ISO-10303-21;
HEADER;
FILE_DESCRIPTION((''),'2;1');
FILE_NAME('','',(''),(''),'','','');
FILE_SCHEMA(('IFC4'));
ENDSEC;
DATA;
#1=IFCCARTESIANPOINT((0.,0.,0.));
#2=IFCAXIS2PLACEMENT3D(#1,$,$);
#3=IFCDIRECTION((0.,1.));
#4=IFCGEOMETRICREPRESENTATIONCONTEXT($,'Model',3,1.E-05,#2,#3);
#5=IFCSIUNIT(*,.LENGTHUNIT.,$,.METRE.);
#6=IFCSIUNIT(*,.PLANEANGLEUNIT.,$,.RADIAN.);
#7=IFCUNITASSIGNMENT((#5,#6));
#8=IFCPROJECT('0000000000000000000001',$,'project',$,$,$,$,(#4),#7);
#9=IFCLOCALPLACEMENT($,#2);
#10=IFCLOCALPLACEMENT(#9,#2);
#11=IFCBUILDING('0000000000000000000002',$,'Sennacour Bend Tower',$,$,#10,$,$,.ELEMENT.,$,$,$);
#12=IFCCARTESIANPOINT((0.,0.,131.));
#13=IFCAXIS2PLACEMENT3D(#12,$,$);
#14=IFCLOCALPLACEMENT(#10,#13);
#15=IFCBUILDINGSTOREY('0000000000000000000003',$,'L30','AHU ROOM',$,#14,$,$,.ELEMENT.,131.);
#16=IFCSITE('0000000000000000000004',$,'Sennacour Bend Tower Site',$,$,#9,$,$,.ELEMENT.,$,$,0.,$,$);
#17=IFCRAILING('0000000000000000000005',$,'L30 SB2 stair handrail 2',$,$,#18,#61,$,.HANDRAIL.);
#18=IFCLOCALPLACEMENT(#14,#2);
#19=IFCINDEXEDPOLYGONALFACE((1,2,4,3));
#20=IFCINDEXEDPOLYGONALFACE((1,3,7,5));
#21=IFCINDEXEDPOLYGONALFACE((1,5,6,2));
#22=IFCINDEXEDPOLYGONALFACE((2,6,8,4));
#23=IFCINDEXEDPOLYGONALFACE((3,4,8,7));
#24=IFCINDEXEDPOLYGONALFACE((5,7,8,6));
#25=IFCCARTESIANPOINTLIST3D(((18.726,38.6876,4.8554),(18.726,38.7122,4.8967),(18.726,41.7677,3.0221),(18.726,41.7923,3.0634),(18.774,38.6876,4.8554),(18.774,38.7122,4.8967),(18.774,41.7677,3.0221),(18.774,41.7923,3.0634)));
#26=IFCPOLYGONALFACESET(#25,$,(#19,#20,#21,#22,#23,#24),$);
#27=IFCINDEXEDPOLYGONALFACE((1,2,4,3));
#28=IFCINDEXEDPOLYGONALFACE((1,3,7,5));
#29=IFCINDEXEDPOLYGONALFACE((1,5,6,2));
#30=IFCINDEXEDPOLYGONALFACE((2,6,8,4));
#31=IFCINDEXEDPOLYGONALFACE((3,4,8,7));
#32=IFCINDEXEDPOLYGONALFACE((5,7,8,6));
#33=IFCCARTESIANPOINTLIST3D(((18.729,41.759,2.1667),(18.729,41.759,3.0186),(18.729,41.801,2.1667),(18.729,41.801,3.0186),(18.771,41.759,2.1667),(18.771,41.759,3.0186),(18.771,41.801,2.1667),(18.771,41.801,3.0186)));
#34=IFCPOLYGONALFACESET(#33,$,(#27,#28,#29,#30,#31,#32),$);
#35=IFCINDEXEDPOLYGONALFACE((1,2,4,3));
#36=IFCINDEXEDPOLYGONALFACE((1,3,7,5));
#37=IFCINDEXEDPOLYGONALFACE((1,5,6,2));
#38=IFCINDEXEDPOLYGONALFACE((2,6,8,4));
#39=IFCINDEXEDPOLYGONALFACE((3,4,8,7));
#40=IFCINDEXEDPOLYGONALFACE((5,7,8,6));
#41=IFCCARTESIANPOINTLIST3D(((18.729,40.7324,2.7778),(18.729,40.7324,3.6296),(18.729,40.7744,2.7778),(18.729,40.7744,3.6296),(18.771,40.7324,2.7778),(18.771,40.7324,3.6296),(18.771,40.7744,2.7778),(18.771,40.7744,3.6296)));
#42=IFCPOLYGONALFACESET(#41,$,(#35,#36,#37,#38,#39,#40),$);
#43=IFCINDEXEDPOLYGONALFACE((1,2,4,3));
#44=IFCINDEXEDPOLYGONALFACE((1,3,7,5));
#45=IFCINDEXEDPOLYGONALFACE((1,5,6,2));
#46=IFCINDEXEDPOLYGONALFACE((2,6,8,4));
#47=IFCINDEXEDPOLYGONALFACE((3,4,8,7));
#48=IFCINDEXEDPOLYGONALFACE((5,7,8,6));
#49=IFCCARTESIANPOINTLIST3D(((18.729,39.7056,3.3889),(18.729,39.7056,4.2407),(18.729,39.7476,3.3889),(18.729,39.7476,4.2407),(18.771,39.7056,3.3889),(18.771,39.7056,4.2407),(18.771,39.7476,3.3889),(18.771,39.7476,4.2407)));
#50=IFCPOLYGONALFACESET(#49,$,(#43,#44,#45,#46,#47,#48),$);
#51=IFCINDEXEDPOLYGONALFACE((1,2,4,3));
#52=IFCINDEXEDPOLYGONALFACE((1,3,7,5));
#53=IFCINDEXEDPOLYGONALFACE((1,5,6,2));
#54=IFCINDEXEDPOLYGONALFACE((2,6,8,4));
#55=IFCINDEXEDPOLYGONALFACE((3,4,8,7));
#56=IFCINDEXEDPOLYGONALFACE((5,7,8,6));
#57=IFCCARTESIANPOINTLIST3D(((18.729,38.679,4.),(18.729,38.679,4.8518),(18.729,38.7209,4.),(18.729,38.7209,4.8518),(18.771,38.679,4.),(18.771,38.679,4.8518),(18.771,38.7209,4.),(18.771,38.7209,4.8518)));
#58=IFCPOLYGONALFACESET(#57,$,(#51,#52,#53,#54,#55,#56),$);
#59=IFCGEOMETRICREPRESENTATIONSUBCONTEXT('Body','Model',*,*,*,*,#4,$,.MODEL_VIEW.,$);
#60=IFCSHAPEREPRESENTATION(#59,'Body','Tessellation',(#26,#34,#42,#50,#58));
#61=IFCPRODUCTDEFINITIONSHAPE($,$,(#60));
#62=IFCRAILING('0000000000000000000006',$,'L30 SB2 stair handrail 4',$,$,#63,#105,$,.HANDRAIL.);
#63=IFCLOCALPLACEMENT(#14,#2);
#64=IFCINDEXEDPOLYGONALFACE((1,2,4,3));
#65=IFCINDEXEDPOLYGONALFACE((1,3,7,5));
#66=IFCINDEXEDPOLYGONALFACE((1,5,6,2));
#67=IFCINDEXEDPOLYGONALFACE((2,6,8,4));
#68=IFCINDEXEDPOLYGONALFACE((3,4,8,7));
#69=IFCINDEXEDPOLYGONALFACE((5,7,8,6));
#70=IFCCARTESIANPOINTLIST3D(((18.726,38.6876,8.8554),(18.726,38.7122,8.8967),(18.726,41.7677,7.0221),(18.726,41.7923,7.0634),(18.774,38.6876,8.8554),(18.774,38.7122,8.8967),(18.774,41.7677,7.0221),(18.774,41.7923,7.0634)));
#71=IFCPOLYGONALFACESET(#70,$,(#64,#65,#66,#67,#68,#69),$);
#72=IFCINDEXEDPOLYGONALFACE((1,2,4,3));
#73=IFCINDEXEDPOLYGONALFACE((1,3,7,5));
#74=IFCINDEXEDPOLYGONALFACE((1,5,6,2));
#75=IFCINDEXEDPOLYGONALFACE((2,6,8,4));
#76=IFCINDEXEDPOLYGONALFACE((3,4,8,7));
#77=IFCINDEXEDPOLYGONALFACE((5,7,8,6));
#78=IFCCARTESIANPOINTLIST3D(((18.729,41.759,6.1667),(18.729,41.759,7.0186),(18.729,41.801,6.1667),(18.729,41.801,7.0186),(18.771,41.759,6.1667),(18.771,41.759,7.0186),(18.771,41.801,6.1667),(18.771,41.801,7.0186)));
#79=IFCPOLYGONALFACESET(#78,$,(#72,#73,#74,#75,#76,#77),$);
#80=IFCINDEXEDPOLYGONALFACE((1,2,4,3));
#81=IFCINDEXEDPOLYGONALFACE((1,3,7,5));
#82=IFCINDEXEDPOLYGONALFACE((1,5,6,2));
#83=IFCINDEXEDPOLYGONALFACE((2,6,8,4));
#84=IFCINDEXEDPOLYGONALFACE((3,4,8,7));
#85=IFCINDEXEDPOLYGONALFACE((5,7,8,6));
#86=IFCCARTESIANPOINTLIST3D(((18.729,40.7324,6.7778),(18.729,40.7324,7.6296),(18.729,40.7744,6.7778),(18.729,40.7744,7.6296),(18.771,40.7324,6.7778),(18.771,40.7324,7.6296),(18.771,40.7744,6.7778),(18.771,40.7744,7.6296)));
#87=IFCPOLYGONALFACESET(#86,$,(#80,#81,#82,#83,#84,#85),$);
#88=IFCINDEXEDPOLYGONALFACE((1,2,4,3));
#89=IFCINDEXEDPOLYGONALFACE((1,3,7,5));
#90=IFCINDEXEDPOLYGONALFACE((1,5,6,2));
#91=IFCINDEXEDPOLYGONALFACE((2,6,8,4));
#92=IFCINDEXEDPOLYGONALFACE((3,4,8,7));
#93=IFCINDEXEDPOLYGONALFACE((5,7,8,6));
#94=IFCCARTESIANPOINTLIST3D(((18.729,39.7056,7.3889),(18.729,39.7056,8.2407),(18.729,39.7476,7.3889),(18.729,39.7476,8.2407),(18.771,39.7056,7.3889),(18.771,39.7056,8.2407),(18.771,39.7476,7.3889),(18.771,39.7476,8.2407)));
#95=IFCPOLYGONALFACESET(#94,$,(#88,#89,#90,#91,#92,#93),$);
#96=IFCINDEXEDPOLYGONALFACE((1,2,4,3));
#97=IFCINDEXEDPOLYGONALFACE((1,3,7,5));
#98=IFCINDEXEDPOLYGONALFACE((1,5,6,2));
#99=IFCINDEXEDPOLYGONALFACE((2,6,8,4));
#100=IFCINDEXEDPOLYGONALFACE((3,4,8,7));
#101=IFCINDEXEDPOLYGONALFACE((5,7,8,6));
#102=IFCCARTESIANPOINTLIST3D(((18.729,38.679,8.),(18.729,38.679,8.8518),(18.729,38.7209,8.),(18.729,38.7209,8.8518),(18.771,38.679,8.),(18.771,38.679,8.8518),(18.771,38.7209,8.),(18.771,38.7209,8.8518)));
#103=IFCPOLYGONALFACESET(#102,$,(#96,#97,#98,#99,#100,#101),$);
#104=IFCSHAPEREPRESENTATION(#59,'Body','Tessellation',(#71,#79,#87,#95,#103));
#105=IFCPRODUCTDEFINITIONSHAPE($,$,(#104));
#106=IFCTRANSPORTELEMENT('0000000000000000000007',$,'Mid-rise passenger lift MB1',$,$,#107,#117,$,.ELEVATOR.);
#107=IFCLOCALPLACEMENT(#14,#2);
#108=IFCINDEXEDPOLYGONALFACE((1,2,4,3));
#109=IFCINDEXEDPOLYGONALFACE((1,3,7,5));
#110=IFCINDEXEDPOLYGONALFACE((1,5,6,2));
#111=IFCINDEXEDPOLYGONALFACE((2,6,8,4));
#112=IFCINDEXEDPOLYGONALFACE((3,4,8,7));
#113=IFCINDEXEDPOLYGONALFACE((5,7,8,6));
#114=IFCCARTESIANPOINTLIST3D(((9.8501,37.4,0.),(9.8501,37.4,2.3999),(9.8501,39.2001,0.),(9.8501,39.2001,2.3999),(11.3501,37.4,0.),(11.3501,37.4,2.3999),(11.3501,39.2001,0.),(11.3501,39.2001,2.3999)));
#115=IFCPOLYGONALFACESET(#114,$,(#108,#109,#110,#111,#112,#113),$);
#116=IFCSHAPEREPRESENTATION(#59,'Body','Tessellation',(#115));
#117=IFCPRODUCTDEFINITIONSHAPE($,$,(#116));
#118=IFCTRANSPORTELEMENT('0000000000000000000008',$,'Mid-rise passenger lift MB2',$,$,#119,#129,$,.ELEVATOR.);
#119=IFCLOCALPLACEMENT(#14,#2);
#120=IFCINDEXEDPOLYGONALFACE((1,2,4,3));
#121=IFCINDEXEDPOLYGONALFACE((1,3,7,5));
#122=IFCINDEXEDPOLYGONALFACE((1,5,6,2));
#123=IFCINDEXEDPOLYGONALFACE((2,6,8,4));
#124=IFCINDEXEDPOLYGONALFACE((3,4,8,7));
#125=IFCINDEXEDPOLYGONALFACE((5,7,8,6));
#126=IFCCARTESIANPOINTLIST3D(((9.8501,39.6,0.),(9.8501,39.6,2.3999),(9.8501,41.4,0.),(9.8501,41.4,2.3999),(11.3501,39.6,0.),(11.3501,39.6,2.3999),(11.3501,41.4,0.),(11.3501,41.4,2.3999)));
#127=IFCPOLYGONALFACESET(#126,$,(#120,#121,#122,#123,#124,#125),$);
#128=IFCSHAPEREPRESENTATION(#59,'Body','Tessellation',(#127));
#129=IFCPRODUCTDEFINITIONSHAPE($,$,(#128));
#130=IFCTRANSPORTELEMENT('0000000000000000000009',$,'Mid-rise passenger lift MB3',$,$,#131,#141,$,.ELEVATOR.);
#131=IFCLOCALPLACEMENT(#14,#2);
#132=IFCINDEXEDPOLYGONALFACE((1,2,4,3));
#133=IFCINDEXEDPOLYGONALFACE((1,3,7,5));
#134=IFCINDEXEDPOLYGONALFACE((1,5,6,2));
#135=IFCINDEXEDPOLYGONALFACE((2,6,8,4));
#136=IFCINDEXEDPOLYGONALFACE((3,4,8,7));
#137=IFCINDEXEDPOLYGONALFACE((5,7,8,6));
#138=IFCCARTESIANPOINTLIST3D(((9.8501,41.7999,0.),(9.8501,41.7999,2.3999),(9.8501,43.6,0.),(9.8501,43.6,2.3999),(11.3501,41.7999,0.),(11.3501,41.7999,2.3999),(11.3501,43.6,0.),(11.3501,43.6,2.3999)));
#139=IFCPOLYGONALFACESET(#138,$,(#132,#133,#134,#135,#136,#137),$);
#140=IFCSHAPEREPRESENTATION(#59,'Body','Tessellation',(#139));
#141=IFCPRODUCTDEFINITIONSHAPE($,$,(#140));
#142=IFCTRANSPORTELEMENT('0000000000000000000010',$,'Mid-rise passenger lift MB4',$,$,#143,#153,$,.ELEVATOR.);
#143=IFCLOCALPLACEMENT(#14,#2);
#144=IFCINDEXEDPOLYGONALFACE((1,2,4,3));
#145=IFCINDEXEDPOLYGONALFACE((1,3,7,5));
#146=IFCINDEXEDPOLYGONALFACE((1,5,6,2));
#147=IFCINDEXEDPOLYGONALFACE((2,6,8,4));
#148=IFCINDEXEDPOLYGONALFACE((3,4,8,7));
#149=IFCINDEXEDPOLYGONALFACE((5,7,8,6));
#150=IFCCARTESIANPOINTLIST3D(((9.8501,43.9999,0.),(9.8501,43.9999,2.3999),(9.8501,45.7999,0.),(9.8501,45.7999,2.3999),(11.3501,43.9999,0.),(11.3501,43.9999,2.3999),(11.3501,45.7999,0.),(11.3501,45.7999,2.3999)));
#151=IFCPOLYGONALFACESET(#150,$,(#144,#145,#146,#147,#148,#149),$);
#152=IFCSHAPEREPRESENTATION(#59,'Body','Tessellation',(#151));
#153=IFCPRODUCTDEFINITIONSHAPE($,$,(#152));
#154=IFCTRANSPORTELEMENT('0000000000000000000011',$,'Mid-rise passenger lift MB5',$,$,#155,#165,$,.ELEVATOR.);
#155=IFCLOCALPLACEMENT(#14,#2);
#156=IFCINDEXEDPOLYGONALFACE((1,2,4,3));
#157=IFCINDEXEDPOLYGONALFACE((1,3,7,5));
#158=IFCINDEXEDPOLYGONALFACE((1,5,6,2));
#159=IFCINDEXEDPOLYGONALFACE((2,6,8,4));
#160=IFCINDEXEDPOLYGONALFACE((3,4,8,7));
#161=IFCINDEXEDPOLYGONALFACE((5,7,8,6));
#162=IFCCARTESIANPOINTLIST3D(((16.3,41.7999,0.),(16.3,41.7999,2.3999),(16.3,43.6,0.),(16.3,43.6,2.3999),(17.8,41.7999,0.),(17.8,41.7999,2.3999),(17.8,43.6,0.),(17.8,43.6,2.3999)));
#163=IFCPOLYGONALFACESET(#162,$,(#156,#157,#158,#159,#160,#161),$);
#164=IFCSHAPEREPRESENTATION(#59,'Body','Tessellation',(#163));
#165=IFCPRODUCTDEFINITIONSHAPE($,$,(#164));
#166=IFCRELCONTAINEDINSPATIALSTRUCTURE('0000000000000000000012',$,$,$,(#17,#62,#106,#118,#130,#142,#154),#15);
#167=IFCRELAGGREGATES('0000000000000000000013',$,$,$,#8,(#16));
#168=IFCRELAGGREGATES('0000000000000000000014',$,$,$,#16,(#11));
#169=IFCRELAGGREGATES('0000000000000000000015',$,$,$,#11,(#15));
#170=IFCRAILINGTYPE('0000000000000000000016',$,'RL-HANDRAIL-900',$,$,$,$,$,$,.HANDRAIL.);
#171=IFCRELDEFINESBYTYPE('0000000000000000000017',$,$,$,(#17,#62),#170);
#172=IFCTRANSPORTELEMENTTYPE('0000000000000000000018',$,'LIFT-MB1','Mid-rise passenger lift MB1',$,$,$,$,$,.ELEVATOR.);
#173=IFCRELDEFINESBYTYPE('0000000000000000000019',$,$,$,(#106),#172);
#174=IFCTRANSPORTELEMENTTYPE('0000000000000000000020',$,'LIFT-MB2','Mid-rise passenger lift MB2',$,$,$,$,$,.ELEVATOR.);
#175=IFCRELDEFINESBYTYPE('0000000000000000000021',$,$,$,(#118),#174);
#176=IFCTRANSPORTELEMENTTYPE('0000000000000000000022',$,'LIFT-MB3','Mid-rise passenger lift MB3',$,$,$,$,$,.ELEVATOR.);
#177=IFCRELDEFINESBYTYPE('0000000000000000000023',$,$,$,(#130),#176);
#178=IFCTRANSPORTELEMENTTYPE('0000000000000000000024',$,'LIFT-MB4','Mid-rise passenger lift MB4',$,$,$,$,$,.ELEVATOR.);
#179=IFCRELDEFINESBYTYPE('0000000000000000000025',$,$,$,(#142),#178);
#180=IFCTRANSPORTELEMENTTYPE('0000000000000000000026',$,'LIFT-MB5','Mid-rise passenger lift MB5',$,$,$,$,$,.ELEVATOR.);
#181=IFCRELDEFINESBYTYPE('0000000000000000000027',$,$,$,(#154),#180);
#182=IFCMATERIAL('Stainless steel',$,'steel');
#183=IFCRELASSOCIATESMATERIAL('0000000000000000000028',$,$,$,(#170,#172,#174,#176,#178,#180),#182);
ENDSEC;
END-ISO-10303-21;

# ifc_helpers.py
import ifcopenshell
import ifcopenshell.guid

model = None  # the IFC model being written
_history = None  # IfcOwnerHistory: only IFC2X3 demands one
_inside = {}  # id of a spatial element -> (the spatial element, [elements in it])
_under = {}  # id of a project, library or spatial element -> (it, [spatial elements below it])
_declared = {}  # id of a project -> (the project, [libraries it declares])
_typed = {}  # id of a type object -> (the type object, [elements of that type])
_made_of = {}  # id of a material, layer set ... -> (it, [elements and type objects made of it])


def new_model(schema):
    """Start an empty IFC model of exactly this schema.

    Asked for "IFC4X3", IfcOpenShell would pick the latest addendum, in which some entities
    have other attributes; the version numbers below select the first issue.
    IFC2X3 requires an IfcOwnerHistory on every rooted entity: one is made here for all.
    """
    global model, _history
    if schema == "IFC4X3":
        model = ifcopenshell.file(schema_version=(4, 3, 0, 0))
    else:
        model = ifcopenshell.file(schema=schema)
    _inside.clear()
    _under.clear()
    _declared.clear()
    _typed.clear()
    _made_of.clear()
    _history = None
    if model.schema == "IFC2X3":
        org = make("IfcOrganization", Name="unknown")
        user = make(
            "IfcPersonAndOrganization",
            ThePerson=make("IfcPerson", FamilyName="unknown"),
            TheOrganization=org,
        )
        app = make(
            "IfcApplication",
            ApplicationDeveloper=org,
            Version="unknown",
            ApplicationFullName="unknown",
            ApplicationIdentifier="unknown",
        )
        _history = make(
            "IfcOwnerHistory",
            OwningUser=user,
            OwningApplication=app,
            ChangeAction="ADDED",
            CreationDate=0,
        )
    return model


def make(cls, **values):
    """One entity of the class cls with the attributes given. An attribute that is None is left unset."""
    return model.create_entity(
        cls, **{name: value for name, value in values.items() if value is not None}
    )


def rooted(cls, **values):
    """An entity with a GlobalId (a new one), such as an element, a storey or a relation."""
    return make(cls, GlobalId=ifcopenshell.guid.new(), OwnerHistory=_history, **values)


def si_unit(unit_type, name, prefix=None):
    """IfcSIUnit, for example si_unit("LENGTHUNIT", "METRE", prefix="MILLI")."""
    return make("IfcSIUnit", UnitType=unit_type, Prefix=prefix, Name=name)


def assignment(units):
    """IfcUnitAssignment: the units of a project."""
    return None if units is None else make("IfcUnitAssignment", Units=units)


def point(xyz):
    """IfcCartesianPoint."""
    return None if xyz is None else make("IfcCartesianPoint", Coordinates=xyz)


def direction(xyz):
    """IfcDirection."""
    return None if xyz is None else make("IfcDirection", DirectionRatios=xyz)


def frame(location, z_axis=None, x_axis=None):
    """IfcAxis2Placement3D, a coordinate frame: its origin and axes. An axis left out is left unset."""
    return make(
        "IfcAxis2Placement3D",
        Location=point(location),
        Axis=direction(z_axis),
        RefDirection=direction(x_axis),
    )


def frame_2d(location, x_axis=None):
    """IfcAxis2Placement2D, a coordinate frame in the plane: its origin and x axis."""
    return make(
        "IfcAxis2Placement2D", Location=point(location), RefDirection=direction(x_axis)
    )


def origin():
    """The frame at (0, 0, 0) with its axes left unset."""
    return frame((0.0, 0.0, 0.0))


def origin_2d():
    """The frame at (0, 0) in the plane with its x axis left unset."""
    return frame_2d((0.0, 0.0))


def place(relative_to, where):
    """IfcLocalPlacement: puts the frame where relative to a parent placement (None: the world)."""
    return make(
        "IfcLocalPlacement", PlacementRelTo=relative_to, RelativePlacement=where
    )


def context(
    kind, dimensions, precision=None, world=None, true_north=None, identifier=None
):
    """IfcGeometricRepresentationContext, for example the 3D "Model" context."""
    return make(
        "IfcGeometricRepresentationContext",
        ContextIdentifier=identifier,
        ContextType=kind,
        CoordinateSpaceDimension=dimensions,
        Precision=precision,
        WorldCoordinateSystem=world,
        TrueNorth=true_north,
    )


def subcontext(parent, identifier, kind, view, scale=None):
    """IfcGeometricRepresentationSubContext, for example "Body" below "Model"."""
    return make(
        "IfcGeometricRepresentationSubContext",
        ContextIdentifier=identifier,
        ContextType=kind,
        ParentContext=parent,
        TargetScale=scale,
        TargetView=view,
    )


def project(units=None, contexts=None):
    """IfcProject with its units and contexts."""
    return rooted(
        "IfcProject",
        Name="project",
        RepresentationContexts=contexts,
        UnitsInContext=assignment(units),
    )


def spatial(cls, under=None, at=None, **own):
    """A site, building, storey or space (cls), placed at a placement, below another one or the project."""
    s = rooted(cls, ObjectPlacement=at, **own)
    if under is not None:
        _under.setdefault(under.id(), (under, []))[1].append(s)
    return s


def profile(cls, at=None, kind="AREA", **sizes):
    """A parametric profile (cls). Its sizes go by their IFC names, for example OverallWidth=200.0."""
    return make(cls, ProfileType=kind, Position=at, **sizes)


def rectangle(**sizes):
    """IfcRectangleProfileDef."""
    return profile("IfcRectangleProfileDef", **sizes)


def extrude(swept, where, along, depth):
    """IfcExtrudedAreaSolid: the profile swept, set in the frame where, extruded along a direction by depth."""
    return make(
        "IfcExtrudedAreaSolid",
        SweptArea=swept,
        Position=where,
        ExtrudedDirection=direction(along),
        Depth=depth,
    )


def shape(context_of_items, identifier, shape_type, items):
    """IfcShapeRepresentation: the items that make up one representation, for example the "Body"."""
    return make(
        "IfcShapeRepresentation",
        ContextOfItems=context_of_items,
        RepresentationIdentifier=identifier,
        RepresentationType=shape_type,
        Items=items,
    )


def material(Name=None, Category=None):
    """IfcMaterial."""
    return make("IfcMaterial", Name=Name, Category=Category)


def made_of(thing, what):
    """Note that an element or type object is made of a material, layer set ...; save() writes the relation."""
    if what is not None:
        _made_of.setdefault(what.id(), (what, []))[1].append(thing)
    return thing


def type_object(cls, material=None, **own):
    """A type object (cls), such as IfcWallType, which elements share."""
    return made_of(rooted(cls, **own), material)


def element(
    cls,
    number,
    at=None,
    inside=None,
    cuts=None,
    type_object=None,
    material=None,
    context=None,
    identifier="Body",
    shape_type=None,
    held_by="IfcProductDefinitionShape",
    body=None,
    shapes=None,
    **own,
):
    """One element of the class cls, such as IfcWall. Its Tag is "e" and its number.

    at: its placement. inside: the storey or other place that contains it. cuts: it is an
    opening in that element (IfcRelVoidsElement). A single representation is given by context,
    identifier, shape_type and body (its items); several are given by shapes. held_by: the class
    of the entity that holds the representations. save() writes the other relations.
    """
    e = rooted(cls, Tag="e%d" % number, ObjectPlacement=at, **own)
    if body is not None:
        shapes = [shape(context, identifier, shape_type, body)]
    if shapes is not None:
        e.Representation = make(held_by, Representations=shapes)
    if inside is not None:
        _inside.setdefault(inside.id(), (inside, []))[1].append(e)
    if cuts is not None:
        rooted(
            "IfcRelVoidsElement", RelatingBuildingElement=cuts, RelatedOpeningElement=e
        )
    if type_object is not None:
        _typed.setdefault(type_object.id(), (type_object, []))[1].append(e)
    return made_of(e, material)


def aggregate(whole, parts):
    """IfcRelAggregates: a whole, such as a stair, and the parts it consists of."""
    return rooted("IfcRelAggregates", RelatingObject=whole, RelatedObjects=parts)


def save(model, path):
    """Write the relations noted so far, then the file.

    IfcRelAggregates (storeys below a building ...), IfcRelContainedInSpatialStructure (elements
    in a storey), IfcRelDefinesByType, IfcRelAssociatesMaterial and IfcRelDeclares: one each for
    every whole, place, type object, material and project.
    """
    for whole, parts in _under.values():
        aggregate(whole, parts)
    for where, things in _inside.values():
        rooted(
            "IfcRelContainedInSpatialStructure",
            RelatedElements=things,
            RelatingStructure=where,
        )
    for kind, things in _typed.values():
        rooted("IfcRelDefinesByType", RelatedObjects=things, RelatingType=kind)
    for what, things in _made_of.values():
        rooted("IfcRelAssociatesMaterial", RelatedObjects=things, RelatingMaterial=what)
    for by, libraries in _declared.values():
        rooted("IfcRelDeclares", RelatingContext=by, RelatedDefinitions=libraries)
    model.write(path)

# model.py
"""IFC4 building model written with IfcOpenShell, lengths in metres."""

from ifc_helpers import new_model, si_unit, direction, frame, origin, origin_2d, place, context, subcontext, project, spatial, rectangle, extrude, material, type_object, element, save


model = new_model("IFC4")

# Units and contexts
model_context = context("Model", 3, precision=1e-05, world=origin(), true_north=direction((0.0, 1.0)))
body_context = subcontext(model_context, "Body", "Model", "MODEL_VIEW")
ifc_project = project(units=[si_unit("LENGTHUNIT", "METRE"), si_unit("PLANEANGLEUNIT", "RADIAN")], contexts=[model_context])

# Site, building, storey
site_placement = place(None, origin())
site = spatial("IfcSite", under=ifc_project, at=site_placement, Name="Sennacour Bend Tower Site", CompositionType="ELEMENT", RefElevation=0.0)
building_placement = place(site_placement, origin())
building = spatial("IfcBuilding", under=site, at=building_placement, Name="Sennacour Bend Tower", CompositionType="ELEMENT")
storey_placement = place(building_placement, frame((0.0, 0.0, 131.0)))
storey = spatial("IfcBuildingStorey", under=building, at=storey_placement, Name="L30", Description="AHU ROOM", CompositionType="ELEMENT", Elevation=131.0)

# Shared definitions
ifc_material_1 = material(Name="Stainless steel", Category="steel")

# Railings
railing_type = type_object("IfcRailingType", Name="RL-HANDRAIL-900", PredefinedType="HANDRAIL", material=ifc_material_1)
for number, where, name in (
    (1, (18.75, 41.78, 2.1667), "L30 SB2 stair handrail 2"),
    (2, (18.75, 41.78, 6.1667), "L30 SB2 stair handrail 4"),
):
    element("IfcRailing", number, at=place(storey_placement, frame(where)), inside=storey, type_object=railing_type, Name=name, PredefinedType="HANDRAIL", context=body_context, shape_type="SweptSolid", body=[
        extrude(rectangle(XDim=0.0481, YDim=0.0481, at=origin_2d()), frame((0.0, 0.0, 0.876), z_axis=(0.0, -0.859309, 0.511458), x_axis=(1.0, 0.0, 0.0)), (0.0, 0.0, 1.0), 3.5845),
        extrude(rectangle(XDim=0.042, YDim=0.042, at=origin_2d()), origin(), (0.0, 0.0, 1.0), 0.8518),
        extrude(rectangle(XDim=0.042, YDim=0.042, at=origin_2d()), frame((0.0, -1.0266, 0.6111)), (0.0, 0.0, 1.0), 0.8518),
        extrude(rectangle(XDim=0.042, YDim=0.042, at=origin_2d()), frame((0.0, -2.0535, 1.2222)), (0.0, 0.0, 1.0), 0.8518),
        extrude(rectangle(XDim=0.042, YDim=0.042, at=origin_2d()), frame((0.0, -3.0801, 1.8333)), (0.0, 0.0, 1.0), 0.8518),
    ])

# Transport elements
transport_element_type_1 = type_object("IfcTransportElementType", Name="LIFT-MB1", Description="Mid-rise passenger lift MB1", PredefinedType="ELEVATOR", material=ifc_material_1)
transport_element_1_placement = place(storey_placement, frame((10.6001, 38.3, 0.0), z_axis=(0.0, 0.0, 1.0), x_axis=(1.0, 0.0, 0.0)))
element("IfcTransportElement", 3, at=transport_element_1_placement, inside=storey, type_object=transport_element_type_1, Name="Mid-rise passenger lift MB1", PredefinedType="ELEVATOR", context=body_context, shape_type="SweptSolid", body=[
    extrude(rectangle(XDim=1.5, YDim=1.8, at=origin_2d()), origin(), (0.0, 0.0, 1.0), 2.3999),
])
transport_element_type_2 = type_object("IfcTransportElementType", Name="LIFT-MB2", Description="Mid-rise passenger lift MB2", PredefinedType="ELEVATOR", material=ifc_material_1)
transport_element_2_placement = place(storey_placement, frame((10.6001, 40.5, 0.0), z_axis=(0.0, 0.0, 1.0), x_axis=(1.0, 0.0, 0.0)))
element("IfcTransportElement", 4, at=transport_element_2_placement, inside=storey, type_object=transport_element_type_2, Name="Mid-rise passenger lift MB2", PredefinedType="ELEVATOR", context=body_context, shape_type="SweptSolid", body=[
    extrude(rectangle(XDim=1.5, YDim=1.8, at=origin_2d()), origin(), (0.0, 0.0, 1.0), 2.3999),
])
transport_element_type_3 = type_object("IfcTransportElementType", Name="LIFT-MB3", Description="Mid-rise passenger lift MB3", PredefinedType="ELEVATOR", material=ifc_material_1)
transport_element_3_placement = place(storey_placement, frame((10.6001, 42.7, 0.0), z_axis=(0.0, 0.0, 1.0), x_axis=(1.0, 0.0, 0.0)))
element("IfcTransportElement", 5, at=transport_element_3_placement, inside=storey, type_object=transport_element_type_3, Name="Mid-rise passenger lift MB3", PredefinedType="ELEVATOR", context=body_context, shape_type="SweptSolid", body=[
    extrude(rectangle(XDim=1.5, YDim=1.8, at=origin_2d()), origin(), (0.0, 0.0, 1.0), 2.3999),
])
transport_element_type_4 = type_object("IfcTransportElementType", Name="LIFT-MB4", Description="Mid-rise passenger lift MB4", PredefinedType="ELEVATOR", material=ifc_material_1)
transport_element_4_placement = place(storey_placement, frame((10.6001, 44.8999, 0.0), z_axis=(0.0, 0.0, 1.0), x_axis=(1.0, 0.0, 0.0)))
element("IfcTransportElement", 6, at=transport_element_4_placement, inside=storey, type_object=transport_element_type_4, Name="Mid-rise passenger lift MB4", PredefinedType="ELEVATOR", context=body_context, shape_type="SweptSolid", body=[
    extrude(rectangle(XDim=1.5, YDim=1.8, at=origin_2d()), origin(), (0.0, 0.0, 1.0), 2.3999),
])
transport_element_type_5 = type_object("IfcTransportElementType", Name="LIFT-MB5", Description="Mid-rise passenger lift MB5", PredefinedType="ELEVATOR", material=ifc_material_1)
transport_element_5_placement = place(storey_placement, frame((17.05, 42.7, 0.0), z_axis=(0.0, 0.0, 1.0), x_axis=(1.0, 0.0, 0.0)))
element("IfcTransportElement", 7, at=transport_element_5_placement, inside=storey, type_object=transport_element_type_5, Name="Mid-rise passenger lift MB5", PredefinedType="ELEVATOR", context=body_context, shape_type="SweptSolid", body=[
    extrude(rectangle(XDim=1.5, YDim=1.8, at=origin_2d()), origin(), (0.0, 0.0, 1.0), 2.3999),
])

save(model, "model.ifc")
